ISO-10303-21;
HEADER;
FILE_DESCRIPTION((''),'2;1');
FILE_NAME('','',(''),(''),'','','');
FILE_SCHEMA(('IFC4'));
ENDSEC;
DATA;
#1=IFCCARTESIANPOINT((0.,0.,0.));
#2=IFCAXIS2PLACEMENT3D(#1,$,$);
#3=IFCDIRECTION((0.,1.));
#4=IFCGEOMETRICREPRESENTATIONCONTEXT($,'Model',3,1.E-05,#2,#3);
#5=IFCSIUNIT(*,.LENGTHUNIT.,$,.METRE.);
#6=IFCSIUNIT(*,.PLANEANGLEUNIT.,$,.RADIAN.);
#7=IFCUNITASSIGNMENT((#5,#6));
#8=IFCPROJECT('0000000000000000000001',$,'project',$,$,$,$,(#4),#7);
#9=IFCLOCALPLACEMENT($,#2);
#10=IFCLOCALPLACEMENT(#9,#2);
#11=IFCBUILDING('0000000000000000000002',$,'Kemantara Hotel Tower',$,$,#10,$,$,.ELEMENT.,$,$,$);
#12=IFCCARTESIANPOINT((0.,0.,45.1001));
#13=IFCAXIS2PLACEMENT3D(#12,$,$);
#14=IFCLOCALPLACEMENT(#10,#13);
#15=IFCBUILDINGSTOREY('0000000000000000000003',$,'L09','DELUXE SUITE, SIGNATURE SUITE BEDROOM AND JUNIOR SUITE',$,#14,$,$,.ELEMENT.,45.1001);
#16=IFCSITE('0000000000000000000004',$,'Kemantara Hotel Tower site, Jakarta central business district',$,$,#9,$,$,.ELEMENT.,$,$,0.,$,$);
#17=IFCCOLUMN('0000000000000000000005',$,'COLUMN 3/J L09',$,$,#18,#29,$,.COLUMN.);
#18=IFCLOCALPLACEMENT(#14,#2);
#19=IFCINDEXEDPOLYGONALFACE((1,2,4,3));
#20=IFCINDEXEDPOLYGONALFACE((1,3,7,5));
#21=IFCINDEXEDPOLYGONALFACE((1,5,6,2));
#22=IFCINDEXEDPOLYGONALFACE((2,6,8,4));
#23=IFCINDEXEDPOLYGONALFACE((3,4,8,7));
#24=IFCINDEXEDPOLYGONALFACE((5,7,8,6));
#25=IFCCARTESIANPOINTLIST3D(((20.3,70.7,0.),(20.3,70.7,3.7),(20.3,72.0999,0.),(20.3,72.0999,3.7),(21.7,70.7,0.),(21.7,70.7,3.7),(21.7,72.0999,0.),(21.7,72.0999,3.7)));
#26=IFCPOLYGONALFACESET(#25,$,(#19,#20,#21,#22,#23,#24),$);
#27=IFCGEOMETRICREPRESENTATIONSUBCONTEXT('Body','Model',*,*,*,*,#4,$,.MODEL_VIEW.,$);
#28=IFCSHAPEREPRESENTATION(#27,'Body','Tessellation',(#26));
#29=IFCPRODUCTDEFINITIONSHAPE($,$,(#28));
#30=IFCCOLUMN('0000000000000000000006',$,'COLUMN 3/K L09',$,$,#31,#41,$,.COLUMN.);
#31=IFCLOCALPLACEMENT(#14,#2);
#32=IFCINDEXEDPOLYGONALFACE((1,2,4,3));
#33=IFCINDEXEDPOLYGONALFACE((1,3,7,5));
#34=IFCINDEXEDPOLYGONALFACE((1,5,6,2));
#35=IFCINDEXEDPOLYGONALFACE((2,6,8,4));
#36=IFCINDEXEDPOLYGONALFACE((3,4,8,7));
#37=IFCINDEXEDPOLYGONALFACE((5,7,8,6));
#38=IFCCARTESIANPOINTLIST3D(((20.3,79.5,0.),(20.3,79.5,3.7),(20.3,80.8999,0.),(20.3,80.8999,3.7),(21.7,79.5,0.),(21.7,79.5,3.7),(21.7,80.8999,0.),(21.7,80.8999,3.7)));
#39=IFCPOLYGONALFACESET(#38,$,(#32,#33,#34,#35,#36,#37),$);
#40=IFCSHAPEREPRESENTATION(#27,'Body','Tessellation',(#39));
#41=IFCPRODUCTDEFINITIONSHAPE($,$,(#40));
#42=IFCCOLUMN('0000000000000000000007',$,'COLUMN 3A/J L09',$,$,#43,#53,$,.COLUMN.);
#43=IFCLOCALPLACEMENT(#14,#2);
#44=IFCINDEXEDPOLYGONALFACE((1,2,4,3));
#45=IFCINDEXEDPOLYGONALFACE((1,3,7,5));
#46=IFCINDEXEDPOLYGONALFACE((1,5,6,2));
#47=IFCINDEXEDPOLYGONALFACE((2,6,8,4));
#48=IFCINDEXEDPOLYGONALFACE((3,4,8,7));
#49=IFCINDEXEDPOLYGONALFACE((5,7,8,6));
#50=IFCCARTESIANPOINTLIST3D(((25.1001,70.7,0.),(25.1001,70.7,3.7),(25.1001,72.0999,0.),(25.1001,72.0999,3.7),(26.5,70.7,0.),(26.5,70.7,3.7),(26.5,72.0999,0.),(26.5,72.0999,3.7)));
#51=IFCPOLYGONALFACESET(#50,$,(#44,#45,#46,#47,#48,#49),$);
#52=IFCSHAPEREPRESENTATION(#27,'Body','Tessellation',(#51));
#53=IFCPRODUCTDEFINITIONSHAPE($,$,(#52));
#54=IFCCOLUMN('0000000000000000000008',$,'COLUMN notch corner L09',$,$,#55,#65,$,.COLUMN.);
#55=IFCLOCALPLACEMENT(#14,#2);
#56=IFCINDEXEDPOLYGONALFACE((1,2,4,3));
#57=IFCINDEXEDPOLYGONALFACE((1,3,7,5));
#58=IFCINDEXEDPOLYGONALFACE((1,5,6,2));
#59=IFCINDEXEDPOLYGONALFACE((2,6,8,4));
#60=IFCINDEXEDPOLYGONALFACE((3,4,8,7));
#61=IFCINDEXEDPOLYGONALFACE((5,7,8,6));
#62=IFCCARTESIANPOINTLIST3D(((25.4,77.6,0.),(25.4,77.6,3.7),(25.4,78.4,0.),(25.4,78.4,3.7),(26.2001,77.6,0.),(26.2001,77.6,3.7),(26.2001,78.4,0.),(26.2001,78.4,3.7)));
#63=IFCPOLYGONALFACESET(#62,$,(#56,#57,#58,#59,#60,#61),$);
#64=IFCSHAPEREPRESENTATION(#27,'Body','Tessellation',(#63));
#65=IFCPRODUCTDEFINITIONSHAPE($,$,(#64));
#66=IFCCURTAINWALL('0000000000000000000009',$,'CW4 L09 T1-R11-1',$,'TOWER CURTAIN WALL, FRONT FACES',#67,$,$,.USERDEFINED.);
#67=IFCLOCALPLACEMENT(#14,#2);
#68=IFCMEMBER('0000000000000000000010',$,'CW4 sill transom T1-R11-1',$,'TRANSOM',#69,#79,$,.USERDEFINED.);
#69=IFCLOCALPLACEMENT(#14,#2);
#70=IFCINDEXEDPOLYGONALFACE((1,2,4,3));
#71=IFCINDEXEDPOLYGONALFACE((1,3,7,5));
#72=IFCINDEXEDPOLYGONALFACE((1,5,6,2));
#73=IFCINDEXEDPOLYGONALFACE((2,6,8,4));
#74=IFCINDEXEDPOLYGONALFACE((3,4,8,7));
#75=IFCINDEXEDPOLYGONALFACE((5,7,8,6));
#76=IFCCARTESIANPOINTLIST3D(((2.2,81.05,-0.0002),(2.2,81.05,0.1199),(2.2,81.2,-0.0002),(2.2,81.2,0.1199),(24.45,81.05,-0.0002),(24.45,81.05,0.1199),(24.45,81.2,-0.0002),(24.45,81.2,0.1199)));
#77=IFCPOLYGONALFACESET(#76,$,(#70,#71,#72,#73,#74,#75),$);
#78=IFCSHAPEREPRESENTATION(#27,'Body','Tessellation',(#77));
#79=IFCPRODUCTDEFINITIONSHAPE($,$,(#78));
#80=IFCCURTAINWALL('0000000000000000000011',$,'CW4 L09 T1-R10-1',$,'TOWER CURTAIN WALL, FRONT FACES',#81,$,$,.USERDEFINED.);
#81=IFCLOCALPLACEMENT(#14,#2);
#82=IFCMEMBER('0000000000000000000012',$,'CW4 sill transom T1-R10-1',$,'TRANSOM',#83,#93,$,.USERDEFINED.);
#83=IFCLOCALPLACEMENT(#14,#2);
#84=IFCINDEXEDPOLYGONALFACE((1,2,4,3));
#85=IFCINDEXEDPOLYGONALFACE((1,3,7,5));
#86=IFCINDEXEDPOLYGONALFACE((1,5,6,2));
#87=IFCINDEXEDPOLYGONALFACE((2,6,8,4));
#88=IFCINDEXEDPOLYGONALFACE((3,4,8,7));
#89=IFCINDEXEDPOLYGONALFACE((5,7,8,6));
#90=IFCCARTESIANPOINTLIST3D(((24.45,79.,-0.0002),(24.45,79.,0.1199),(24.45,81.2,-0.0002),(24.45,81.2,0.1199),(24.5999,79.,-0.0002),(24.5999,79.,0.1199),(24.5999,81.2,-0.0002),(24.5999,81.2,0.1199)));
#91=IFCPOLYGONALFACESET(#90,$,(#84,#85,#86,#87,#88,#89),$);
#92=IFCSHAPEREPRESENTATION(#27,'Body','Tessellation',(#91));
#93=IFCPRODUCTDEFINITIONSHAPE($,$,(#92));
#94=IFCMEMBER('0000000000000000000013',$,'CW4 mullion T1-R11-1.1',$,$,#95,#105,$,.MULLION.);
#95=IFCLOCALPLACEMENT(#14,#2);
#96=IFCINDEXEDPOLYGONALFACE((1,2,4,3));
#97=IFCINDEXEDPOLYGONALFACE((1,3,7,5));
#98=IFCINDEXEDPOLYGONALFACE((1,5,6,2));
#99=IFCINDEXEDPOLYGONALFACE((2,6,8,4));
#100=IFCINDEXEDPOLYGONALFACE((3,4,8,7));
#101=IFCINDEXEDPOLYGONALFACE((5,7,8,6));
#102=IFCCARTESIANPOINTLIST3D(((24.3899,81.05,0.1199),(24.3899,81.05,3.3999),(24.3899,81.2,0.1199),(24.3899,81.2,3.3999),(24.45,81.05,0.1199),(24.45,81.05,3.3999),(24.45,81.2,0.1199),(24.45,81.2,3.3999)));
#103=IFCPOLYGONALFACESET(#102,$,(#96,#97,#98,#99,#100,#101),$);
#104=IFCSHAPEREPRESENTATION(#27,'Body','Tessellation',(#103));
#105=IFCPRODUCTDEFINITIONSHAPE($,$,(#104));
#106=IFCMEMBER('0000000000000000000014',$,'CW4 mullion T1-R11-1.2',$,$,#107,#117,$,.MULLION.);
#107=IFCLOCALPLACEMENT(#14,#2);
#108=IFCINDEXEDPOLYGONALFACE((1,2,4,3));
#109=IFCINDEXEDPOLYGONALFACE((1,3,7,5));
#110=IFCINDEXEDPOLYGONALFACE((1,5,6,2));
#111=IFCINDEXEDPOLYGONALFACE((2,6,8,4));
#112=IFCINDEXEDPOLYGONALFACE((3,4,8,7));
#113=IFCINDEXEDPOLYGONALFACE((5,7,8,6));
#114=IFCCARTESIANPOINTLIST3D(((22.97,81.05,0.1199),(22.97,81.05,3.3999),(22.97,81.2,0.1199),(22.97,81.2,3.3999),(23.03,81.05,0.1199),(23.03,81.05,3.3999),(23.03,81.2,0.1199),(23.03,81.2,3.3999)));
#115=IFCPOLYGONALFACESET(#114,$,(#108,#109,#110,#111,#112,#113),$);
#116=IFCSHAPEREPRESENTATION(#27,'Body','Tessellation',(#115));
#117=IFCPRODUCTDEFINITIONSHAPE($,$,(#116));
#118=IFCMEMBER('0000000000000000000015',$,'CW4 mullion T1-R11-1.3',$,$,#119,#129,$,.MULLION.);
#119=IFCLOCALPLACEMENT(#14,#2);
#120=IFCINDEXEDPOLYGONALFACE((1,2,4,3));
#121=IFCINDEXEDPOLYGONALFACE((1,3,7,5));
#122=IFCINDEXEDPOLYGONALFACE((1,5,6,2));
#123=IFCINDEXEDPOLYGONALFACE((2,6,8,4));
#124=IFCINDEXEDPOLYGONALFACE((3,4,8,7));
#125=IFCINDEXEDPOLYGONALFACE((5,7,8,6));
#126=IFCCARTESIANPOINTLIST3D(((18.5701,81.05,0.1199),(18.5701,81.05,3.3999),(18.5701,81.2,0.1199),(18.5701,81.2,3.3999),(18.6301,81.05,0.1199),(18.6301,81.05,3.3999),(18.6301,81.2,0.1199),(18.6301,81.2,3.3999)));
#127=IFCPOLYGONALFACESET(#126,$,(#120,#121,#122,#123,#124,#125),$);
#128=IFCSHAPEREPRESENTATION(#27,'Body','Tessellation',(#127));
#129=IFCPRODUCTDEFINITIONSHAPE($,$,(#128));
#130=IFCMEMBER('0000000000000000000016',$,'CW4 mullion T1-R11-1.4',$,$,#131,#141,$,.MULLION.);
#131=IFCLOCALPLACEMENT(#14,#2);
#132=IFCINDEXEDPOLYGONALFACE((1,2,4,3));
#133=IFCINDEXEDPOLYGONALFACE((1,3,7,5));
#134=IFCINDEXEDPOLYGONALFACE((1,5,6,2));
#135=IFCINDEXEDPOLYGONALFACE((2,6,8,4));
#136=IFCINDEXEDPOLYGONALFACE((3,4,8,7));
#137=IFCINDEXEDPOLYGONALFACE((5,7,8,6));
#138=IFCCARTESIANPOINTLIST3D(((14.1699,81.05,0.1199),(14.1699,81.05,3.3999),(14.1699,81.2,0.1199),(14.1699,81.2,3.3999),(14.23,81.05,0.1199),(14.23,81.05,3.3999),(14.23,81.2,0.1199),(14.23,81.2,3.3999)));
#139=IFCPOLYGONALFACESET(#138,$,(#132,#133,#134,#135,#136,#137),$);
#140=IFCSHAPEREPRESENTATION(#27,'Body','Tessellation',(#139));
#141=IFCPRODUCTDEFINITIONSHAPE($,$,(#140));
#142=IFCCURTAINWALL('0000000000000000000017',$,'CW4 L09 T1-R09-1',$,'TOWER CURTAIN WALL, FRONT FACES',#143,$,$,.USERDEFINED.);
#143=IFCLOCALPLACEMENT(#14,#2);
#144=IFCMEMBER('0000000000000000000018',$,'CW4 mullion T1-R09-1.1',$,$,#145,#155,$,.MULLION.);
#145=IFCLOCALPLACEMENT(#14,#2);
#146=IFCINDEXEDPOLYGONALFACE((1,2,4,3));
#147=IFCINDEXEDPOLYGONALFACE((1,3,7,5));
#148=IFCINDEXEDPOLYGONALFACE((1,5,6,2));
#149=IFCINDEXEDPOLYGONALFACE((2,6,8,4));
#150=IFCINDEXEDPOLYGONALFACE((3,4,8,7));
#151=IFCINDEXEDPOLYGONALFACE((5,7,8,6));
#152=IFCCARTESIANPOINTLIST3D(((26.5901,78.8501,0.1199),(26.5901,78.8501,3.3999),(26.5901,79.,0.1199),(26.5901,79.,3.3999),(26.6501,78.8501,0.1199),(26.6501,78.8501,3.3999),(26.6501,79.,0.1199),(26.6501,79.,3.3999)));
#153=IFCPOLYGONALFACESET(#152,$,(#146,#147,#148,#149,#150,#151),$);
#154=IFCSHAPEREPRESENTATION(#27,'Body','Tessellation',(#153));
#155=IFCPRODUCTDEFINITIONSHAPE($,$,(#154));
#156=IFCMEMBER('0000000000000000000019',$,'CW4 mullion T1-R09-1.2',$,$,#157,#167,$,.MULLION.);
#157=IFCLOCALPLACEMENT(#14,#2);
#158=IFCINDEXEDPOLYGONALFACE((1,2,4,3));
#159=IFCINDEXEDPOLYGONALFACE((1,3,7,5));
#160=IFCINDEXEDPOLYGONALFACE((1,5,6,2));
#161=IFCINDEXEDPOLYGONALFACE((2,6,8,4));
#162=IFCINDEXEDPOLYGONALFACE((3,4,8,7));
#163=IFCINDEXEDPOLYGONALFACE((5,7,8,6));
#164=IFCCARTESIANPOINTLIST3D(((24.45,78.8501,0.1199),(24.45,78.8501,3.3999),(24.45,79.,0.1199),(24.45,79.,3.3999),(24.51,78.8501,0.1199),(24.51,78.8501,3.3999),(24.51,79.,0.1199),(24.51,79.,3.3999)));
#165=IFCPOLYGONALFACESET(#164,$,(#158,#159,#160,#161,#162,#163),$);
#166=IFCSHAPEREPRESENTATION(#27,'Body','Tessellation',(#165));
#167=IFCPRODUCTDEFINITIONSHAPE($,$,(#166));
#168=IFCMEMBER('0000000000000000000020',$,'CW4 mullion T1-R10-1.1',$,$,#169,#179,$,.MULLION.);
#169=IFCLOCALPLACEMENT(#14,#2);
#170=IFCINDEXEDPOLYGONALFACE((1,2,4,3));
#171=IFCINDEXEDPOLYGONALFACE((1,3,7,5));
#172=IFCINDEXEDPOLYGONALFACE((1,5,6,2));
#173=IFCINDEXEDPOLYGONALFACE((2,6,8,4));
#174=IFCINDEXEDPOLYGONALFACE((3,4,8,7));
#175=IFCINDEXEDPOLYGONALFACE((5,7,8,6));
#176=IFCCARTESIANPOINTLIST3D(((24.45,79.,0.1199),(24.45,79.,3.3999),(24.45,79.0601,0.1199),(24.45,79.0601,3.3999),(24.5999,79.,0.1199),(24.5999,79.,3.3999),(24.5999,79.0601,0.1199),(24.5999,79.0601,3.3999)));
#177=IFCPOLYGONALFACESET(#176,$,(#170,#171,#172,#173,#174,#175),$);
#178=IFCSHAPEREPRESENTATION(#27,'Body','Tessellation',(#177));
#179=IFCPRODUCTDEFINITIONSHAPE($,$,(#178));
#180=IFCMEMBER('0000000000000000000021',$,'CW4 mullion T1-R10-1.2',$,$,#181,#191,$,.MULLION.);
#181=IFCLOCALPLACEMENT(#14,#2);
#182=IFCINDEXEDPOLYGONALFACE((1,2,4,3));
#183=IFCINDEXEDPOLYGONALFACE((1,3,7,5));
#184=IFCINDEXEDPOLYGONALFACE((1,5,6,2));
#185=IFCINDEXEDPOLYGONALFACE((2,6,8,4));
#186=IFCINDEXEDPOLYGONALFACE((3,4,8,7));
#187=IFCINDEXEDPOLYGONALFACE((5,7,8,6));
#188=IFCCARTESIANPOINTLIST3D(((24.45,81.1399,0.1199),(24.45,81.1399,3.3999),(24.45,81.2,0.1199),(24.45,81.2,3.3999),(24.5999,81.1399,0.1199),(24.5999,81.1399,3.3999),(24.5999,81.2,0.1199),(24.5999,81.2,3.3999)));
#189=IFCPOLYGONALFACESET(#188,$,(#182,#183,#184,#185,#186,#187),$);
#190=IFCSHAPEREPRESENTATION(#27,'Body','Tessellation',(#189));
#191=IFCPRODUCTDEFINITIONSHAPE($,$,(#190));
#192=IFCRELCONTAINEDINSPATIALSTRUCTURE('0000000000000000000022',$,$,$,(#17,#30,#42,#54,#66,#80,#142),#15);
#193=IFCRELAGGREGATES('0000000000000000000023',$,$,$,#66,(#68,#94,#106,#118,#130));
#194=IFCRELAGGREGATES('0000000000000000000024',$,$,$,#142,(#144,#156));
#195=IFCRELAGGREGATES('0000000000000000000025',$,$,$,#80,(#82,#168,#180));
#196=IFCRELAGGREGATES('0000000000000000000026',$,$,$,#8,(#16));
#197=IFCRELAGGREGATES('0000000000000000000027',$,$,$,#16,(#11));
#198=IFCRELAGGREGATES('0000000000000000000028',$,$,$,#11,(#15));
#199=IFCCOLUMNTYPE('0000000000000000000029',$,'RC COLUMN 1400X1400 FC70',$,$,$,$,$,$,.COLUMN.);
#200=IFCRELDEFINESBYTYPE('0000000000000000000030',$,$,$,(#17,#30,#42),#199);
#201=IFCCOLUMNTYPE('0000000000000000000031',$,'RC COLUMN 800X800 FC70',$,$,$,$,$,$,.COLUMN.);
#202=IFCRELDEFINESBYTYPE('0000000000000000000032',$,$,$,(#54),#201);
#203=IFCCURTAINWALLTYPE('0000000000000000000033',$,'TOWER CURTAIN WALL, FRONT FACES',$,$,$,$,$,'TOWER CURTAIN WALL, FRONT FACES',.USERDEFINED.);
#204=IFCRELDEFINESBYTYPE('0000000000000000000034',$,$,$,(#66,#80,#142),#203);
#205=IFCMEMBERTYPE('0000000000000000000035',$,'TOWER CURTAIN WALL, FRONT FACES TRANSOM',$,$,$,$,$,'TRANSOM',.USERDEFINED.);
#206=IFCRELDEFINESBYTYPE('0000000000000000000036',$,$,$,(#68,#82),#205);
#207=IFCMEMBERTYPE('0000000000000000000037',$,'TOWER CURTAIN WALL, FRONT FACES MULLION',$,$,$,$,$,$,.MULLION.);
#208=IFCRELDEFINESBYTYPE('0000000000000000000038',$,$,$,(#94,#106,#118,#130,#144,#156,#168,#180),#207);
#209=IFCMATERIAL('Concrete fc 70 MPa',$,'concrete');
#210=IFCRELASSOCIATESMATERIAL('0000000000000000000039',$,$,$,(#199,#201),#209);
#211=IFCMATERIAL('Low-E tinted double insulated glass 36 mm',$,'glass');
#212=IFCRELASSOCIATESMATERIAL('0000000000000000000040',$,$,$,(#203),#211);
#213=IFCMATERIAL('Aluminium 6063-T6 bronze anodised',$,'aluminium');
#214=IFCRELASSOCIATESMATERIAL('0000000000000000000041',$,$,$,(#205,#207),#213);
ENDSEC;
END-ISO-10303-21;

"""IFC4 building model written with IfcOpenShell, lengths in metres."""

from ifc_helpers import new_model, si_unit, direction, frame, origin, origin_2d, place, context, subcontext, project, spatial, rectangle, extrude, source, transform, mapped, material, material_profile, profile_set, type_object, element, aggregate, save


model = new_model("IFC4")

# Units and contexts
model_context = context("Model", 3, precision=1e-05, world=origin(), true_north=direction((0.0, 1.0)))
body_context = subcontext(model_context, "Body", "Model", "MODEL_VIEW")
ifc_project = project(units=[si_unit("LENGTHUNIT", "METRE"), si_unit("PLANEANGLEUNIT", "RADIAN")], contexts=[model_context])

# Site, building, storey
site_placement = place(None, origin())
site = spatial("IfcSite", under=ifc_project, at=site_placement, Name="Kemantara Hotel Tower site, Jakarta central business district", CompositionType="ELEMENT", RefElevation=0.0)
building_placement = place(site_placement, origin())
building = spatial("IfcBuilding", under=site, at=building_placement, Name="Kemantara Hotel Tower", CompositionType="ELEMENT")
storey_placement = place(building_placement, frame((0.0, 0.0, 45.1001)))
storey = spatial("IfcBuildingStorey", under=building, at=storey_placement, Name="L09", Description="DELUXE SUITE, SIGNATURE SUITE BEDROOM AND JUNIOR SUITE", CompositionType="ELEMENT", Elevation=45.1001)

# Columns
ifc_material_1 = material(Name="Concrete fc 70 MPa", Category="concrete")
ifc_material_profile_1 = material_profile(ifc_material_1, rectangle(XDim=1.3999, YDim=1.3999, at=origin_2d()), Name="RC 1400X1400")
ifc_profile_set_1 = profile_set([ifc_material_profile_1], Name="Concrete fc 70 MPa")
column_type_1 = type_object("IfcColumnType", Name="RC COLUMN 1400X1400 FC70", PredefinedType="COLUMN", material=ifc_profile_set_1)
for number, where, z_axis, x_axis, name in (
    (1, (21.0, 71.3999, 0.0), (0.0, 0.0, 1.0), (1.0, 0.0, 0.0), "COLUMN 3/J L09"),
    (2, (21.0, 80.2, 0.0), (0.0, 0.0, 1.0), (1.0, 0.0, 0.0), "COLUMN 3/K L09"),
    (3, (25.8, 71.3999, 0.0), (0.0, 0.0, 1.0), (1.0, 0.0, 0.0), "COLUMN 3A/J L09"),
):
    element("IfcColumn", number, at=place(storey_placement, frame(where, z_axis=z_axis, x_axis=x_axis)), inside=storey, type_object=column_type_1, Name=name, PredefinedType="COLUMN", context=body_context, shape_type="SweptSolid", body=[
        extrude(rectangle(XDim=1.3999, YDim=1.3999, at=origin_2d()), origin(), (0.0, 0.0, 1.0), 3.7),
    ])
ifc_material_profile_2 = material_profile(ifc_material_1, rectangle(XDim=0.8, YDim=0.8, at=origin_2d()), Name="RC 800X800")
ifc_profile_set_2 = profile_set([ifc_material_profile_2], Name="Concrete fc 70 MPa")
column_type_2 = type_object("IfcColumnType", Name="RC COLUMN 800X800 FC70", PredefinedType="COLUMN", material=ifc_profile_set_2)
column_placement = place(storey_placement, frame((25.8, 78.0, 0.0), z_axis=(0.0, 0.0, 1.0), x_axis=(1.0, 0.0, 0.0)))
element("IfcColumn", 4, at=column_placement, inside=storey, type_object=column_type_2, Name="COLUMN notch corner L09", PredefinedType="COLUMN", context=body_context, shape_type="SweptSolid", body=[
    extrude(rectangle(XDim=0.8, YDim=0.8, at=origin_2d()), origin(), (0.0, 0.0, 1.0), 3.7),
])

# Curtain walls, members
ifc_material_2 = material(Name="Low-E tinted double insulated glass 36 mm", Category="glass")
curtain_wall_type = type_object("IfcCurtainWallType", Name="TOWER CURTAIN WALL, FRONT FACES", ElementType="TOWER CURTAIN WALL, FRONT FACES", PredefinedType="USERDEFINED", material=ifc_material_2)
curtain_wall_1_placement = place(storey_placement, origin())
curtain_wall_1 = element("IfcCurtainWall", 5, at=curtain_wall_1_placement, inside=storey, type_object=curtain_wall_type, Name="CW4 L09 T1-R11-1", ObjectType="TOWER CURTAIN WALL, FRONT FACES", PredefinedType="USERDEFINED")
ifc_material_3 = material(Name="Aluminium 6063-T6 bronze anodised", Category="aluminium")
ifc_material_profile_3 = material_profile(ifc_material_3, rectangle(XDim=0.1499, YDim=0.1201, at=origin_2d()), Name="TOWER CURTAIN WALL, FRONT FACES TRANSOM")
ifc_profile_set_3 = profile_set([ifc_material_profile_3], Name="Aluminium 6063-T6 bronze anodised")
member_type_1 = type_object("IfcMemberType", Name="TOWER CURTAIN WALL, FRONT FACES TRANSOM", ElementType="TRANSOM", PredefinedType="USERDEFINED", material=ifc_profile_set_3)
member_1_placement = place(storey_placement, frame((24.45, 81.125, 0.0598), z_axis=(-1.0, 0.0, 0.0), x_axis=(0.0, -1.0, 0.0)))
member_1 = element("IfcMember", 6, at=member_1_placement, type_object=member_type_1, Name="CW4 sill transom T1-R11-1", ObjectType="TRANSOM", PredefinedType="USERDEFINED", context=body_context, shape_type="SweptSolid", body=[
    extrude(rectangle(XDim=0.1499, YDim=0.1201, at=origin_2d()), origin(), (0.0, 0.0, 1.0), 22.25),
])
curtain_wall_2_placement = place(storey_placement, origin())
curtain_wall_2 = element("IfcCurtainWall", 7, at=curtain_wall_2_placement, inside=storey, type_object=curtain_wall_type, Name="CW4 L09 T1-R10-1", ObjectType="TOWER CURTAIN WALL, FRONT FACES", PredefinedType="USERDEFINED")
member_2_placement = place(storey_placement, frame((24.5249, 79.0, 0.0598), z_axis=(0.0, 1.0, 0.0), x_axis=(-1.0, 0.0, 0.0)))
member_2 = element("IfcMember", 8, at=member_2_placement, type_object=member_type_1, Name="CW4 sill transom T1-R10-1", ObjectType="TRANSOM", PredefinedType="USERDEFINED", context=body_context, shape_type="SweptSolid", body=[
    extrude(rectangle(XDim=0.1499, YDim=0.1201, at=origin_2d()), origin(), (0.0, 0.0, 1.0), 2.2),
])

# Members
ifc_material_profile_4 = material_profile(ifc_material_3, rectangle(XDim=0.1499, YDim=0.0601, at=origin_2d()), Name="TOWER CURTAIN WALL, FRONT FACES MULLION")
ifc_profile_set_4 = profile_set([ifc_material_profile_4], Name="Aluminium 6063-T6 bronze anodised")
member_type_2 = type_object("IfcMemberType", Name="TOWER CURTAIN WALL, FRONT FACES MULLION", PredefinedType="MULLION", material=ifc_profile_set_4)
shared_shape_1 = source(origin(), body_context, "Body", "SweptSolid", [
    extrude(rectangle(XDim=0.1499, YDim=0.0601, at=origin_2d()), origin(), (0.0, 0.0, 1.0), 3.28),
])
member_3_placement = place(storey_placement, frame((24.4199, 81.125, 0.1199), z_axis=(0.0, 0.0, 1.0), x_axis=(0.0, -1.0, 0.0)))
member_3 = element("IfcMember", 9, at=member_3_placement, type_object=member_type_2, Name="CW4 mullion T1-R11-1.1", PredefinedType="MULLION", context=body_context, shape_type="MappedRepresentation", body=[
    mapped(shared_shape_1, transform((0.0, 0.0, 0.0))),
])
member_4_placement = place(storey_placement, frame((23.0, 81.125, 0.1199), z_axis=(0.0, 0.0, 1.0), x_axis=(0.0, -1.0, 0.0)))
member_4 = element("IfcMember", 10, at=member_4_placement, type_object=member_type_2, Name="CW4 mullion T1-R11-1.2", PredefinedType="MULLION", context=body_context, shape_type="MappedRepresentation", body=[
    mapped(shared_shape_1, transform((0.0, 0.0, 0.0))),
])
member_5_placement = place(storey_placement, frame((18.6001, 81.125, 0.1199), z_axis=(0.0, 0.0, 1.0), x_axis=(0.0, -1.0, 0.0)))
member_5 = element("IfcMember", 11, at=member_5_placement, type_object=member_type_2, Name="CW4 mullion T1-R11-1.3", PredefinedType="MULLION", context=body_context, shape_type="MappedRepresentation", body=[
    mapped(shared_shape_1, transform((0.0, 0.0, 0.0))),
])
member_6_placement = place(storey_placement, frame((14.2, 81.125, 0.1199), z_axis=(0.0, 0.0, 1.0), x_axis=(0.0, -1.0, 0.0)))
member_6 = element("IfcMember", 12, at=member_6_placement, type_object=member_type_2, Name="CW4 mullion T1-R11-1.4", PredefinedType="MULLION", context=body_context, shape_type="MappedRepresentation", body=[
    mapped(shared_shape_1, transform((0.0, 0.0, 0.0))),
])

# Curtain wall, members
curtain_wall_3_placement = place(storey_placement, origin())
curtain_wall_3 = element("IfcCurtainWall", 13, at=curtain_wall_3_placement, inside=storey, type_object=curtain_wall_type, Name="CW4 L09 T1-R09-1", ObjectType="TOWER CURTAIN WALL, FRONT FACES", PredefinedType="USERDEFINED")
member_7_placement = place(storey_placement, frame((26.6201, 78.925, 0.1199), z_axis=(0.0, 0.0, 1.0), x_axis=(0.0, -1.0, 0.0)))
member_7 = element("IfcMember", 14, at=member_7_placement, type_object=member_type_2, Name="CW4 mullion T1-R09-1.1", PredefinedType="MULLION", context=body_context, shape_type="MappedRepresentation", body=[
    mapped(shared_shape_1, transform((0.0, 0.0, 0.0))),
])
member_8_placement = place(storey_placement, frame((24.48, 78.925, 0.1199), z_axis=(0.0, 0.0, 1.0), x_axis=(0.0, -1.0, 0.0)))
member_8 = element("IfcMember", 15, at=member_8_placement, type_object=member_type_2, Name="CW4 mullion T1-R09-1.2", PredefinedType="MULLION", context=body_context, shape_type="MappedRepresentation", body=[
    mapped(shared_shape_1, transform((0.0, 0.0, 0.0))),
])

# Members
member_9_placement = place(storey_placement, frame((24.5249, 79.03, 0.1199), z_axis=(0.0, 0.0, 1.0), x_axis=(-1.0, 0.0, 0.0)))
member_9 = element("IfcMember", 16, at=member_9_placement, type_object=member_type_2, Name="CW4 mullion T1-R10-1.1", PredefinedType="MULLION", context=body_context, shape_type="MappedRepresentation", body=[
    mapped(shared_shape_1, transform((0.0, 0.0, 0.0))),
])
member_10_placement = place(storey_placement, frame((24.5249, 81.1699, 0.1199), z_axis=(0.0, 0.0, 1.0), x_axis=(-1.0, 0.0, 0.0)))
member_10 = element("IfcMember", 17, at=member_10_placement, type_object=member_type_2, Name="CW4 mullion T1-R10-1.2", PredefinedType="MULLION", context=body_context, shape_type="MappedRepresentation", body=[
    mapped(shared_shape_1, transform((0.0, 0.0, 0.0))),
])

aggregate(curtain_wall_1, [member_1, member_3, member_4, member_5, member_6])
aggregate(curtain_wall_3, [member_7, member_8])
aggregate(curtain_wall_2, [member_2, member_9, member_10])

save(model, "model.ifc")
